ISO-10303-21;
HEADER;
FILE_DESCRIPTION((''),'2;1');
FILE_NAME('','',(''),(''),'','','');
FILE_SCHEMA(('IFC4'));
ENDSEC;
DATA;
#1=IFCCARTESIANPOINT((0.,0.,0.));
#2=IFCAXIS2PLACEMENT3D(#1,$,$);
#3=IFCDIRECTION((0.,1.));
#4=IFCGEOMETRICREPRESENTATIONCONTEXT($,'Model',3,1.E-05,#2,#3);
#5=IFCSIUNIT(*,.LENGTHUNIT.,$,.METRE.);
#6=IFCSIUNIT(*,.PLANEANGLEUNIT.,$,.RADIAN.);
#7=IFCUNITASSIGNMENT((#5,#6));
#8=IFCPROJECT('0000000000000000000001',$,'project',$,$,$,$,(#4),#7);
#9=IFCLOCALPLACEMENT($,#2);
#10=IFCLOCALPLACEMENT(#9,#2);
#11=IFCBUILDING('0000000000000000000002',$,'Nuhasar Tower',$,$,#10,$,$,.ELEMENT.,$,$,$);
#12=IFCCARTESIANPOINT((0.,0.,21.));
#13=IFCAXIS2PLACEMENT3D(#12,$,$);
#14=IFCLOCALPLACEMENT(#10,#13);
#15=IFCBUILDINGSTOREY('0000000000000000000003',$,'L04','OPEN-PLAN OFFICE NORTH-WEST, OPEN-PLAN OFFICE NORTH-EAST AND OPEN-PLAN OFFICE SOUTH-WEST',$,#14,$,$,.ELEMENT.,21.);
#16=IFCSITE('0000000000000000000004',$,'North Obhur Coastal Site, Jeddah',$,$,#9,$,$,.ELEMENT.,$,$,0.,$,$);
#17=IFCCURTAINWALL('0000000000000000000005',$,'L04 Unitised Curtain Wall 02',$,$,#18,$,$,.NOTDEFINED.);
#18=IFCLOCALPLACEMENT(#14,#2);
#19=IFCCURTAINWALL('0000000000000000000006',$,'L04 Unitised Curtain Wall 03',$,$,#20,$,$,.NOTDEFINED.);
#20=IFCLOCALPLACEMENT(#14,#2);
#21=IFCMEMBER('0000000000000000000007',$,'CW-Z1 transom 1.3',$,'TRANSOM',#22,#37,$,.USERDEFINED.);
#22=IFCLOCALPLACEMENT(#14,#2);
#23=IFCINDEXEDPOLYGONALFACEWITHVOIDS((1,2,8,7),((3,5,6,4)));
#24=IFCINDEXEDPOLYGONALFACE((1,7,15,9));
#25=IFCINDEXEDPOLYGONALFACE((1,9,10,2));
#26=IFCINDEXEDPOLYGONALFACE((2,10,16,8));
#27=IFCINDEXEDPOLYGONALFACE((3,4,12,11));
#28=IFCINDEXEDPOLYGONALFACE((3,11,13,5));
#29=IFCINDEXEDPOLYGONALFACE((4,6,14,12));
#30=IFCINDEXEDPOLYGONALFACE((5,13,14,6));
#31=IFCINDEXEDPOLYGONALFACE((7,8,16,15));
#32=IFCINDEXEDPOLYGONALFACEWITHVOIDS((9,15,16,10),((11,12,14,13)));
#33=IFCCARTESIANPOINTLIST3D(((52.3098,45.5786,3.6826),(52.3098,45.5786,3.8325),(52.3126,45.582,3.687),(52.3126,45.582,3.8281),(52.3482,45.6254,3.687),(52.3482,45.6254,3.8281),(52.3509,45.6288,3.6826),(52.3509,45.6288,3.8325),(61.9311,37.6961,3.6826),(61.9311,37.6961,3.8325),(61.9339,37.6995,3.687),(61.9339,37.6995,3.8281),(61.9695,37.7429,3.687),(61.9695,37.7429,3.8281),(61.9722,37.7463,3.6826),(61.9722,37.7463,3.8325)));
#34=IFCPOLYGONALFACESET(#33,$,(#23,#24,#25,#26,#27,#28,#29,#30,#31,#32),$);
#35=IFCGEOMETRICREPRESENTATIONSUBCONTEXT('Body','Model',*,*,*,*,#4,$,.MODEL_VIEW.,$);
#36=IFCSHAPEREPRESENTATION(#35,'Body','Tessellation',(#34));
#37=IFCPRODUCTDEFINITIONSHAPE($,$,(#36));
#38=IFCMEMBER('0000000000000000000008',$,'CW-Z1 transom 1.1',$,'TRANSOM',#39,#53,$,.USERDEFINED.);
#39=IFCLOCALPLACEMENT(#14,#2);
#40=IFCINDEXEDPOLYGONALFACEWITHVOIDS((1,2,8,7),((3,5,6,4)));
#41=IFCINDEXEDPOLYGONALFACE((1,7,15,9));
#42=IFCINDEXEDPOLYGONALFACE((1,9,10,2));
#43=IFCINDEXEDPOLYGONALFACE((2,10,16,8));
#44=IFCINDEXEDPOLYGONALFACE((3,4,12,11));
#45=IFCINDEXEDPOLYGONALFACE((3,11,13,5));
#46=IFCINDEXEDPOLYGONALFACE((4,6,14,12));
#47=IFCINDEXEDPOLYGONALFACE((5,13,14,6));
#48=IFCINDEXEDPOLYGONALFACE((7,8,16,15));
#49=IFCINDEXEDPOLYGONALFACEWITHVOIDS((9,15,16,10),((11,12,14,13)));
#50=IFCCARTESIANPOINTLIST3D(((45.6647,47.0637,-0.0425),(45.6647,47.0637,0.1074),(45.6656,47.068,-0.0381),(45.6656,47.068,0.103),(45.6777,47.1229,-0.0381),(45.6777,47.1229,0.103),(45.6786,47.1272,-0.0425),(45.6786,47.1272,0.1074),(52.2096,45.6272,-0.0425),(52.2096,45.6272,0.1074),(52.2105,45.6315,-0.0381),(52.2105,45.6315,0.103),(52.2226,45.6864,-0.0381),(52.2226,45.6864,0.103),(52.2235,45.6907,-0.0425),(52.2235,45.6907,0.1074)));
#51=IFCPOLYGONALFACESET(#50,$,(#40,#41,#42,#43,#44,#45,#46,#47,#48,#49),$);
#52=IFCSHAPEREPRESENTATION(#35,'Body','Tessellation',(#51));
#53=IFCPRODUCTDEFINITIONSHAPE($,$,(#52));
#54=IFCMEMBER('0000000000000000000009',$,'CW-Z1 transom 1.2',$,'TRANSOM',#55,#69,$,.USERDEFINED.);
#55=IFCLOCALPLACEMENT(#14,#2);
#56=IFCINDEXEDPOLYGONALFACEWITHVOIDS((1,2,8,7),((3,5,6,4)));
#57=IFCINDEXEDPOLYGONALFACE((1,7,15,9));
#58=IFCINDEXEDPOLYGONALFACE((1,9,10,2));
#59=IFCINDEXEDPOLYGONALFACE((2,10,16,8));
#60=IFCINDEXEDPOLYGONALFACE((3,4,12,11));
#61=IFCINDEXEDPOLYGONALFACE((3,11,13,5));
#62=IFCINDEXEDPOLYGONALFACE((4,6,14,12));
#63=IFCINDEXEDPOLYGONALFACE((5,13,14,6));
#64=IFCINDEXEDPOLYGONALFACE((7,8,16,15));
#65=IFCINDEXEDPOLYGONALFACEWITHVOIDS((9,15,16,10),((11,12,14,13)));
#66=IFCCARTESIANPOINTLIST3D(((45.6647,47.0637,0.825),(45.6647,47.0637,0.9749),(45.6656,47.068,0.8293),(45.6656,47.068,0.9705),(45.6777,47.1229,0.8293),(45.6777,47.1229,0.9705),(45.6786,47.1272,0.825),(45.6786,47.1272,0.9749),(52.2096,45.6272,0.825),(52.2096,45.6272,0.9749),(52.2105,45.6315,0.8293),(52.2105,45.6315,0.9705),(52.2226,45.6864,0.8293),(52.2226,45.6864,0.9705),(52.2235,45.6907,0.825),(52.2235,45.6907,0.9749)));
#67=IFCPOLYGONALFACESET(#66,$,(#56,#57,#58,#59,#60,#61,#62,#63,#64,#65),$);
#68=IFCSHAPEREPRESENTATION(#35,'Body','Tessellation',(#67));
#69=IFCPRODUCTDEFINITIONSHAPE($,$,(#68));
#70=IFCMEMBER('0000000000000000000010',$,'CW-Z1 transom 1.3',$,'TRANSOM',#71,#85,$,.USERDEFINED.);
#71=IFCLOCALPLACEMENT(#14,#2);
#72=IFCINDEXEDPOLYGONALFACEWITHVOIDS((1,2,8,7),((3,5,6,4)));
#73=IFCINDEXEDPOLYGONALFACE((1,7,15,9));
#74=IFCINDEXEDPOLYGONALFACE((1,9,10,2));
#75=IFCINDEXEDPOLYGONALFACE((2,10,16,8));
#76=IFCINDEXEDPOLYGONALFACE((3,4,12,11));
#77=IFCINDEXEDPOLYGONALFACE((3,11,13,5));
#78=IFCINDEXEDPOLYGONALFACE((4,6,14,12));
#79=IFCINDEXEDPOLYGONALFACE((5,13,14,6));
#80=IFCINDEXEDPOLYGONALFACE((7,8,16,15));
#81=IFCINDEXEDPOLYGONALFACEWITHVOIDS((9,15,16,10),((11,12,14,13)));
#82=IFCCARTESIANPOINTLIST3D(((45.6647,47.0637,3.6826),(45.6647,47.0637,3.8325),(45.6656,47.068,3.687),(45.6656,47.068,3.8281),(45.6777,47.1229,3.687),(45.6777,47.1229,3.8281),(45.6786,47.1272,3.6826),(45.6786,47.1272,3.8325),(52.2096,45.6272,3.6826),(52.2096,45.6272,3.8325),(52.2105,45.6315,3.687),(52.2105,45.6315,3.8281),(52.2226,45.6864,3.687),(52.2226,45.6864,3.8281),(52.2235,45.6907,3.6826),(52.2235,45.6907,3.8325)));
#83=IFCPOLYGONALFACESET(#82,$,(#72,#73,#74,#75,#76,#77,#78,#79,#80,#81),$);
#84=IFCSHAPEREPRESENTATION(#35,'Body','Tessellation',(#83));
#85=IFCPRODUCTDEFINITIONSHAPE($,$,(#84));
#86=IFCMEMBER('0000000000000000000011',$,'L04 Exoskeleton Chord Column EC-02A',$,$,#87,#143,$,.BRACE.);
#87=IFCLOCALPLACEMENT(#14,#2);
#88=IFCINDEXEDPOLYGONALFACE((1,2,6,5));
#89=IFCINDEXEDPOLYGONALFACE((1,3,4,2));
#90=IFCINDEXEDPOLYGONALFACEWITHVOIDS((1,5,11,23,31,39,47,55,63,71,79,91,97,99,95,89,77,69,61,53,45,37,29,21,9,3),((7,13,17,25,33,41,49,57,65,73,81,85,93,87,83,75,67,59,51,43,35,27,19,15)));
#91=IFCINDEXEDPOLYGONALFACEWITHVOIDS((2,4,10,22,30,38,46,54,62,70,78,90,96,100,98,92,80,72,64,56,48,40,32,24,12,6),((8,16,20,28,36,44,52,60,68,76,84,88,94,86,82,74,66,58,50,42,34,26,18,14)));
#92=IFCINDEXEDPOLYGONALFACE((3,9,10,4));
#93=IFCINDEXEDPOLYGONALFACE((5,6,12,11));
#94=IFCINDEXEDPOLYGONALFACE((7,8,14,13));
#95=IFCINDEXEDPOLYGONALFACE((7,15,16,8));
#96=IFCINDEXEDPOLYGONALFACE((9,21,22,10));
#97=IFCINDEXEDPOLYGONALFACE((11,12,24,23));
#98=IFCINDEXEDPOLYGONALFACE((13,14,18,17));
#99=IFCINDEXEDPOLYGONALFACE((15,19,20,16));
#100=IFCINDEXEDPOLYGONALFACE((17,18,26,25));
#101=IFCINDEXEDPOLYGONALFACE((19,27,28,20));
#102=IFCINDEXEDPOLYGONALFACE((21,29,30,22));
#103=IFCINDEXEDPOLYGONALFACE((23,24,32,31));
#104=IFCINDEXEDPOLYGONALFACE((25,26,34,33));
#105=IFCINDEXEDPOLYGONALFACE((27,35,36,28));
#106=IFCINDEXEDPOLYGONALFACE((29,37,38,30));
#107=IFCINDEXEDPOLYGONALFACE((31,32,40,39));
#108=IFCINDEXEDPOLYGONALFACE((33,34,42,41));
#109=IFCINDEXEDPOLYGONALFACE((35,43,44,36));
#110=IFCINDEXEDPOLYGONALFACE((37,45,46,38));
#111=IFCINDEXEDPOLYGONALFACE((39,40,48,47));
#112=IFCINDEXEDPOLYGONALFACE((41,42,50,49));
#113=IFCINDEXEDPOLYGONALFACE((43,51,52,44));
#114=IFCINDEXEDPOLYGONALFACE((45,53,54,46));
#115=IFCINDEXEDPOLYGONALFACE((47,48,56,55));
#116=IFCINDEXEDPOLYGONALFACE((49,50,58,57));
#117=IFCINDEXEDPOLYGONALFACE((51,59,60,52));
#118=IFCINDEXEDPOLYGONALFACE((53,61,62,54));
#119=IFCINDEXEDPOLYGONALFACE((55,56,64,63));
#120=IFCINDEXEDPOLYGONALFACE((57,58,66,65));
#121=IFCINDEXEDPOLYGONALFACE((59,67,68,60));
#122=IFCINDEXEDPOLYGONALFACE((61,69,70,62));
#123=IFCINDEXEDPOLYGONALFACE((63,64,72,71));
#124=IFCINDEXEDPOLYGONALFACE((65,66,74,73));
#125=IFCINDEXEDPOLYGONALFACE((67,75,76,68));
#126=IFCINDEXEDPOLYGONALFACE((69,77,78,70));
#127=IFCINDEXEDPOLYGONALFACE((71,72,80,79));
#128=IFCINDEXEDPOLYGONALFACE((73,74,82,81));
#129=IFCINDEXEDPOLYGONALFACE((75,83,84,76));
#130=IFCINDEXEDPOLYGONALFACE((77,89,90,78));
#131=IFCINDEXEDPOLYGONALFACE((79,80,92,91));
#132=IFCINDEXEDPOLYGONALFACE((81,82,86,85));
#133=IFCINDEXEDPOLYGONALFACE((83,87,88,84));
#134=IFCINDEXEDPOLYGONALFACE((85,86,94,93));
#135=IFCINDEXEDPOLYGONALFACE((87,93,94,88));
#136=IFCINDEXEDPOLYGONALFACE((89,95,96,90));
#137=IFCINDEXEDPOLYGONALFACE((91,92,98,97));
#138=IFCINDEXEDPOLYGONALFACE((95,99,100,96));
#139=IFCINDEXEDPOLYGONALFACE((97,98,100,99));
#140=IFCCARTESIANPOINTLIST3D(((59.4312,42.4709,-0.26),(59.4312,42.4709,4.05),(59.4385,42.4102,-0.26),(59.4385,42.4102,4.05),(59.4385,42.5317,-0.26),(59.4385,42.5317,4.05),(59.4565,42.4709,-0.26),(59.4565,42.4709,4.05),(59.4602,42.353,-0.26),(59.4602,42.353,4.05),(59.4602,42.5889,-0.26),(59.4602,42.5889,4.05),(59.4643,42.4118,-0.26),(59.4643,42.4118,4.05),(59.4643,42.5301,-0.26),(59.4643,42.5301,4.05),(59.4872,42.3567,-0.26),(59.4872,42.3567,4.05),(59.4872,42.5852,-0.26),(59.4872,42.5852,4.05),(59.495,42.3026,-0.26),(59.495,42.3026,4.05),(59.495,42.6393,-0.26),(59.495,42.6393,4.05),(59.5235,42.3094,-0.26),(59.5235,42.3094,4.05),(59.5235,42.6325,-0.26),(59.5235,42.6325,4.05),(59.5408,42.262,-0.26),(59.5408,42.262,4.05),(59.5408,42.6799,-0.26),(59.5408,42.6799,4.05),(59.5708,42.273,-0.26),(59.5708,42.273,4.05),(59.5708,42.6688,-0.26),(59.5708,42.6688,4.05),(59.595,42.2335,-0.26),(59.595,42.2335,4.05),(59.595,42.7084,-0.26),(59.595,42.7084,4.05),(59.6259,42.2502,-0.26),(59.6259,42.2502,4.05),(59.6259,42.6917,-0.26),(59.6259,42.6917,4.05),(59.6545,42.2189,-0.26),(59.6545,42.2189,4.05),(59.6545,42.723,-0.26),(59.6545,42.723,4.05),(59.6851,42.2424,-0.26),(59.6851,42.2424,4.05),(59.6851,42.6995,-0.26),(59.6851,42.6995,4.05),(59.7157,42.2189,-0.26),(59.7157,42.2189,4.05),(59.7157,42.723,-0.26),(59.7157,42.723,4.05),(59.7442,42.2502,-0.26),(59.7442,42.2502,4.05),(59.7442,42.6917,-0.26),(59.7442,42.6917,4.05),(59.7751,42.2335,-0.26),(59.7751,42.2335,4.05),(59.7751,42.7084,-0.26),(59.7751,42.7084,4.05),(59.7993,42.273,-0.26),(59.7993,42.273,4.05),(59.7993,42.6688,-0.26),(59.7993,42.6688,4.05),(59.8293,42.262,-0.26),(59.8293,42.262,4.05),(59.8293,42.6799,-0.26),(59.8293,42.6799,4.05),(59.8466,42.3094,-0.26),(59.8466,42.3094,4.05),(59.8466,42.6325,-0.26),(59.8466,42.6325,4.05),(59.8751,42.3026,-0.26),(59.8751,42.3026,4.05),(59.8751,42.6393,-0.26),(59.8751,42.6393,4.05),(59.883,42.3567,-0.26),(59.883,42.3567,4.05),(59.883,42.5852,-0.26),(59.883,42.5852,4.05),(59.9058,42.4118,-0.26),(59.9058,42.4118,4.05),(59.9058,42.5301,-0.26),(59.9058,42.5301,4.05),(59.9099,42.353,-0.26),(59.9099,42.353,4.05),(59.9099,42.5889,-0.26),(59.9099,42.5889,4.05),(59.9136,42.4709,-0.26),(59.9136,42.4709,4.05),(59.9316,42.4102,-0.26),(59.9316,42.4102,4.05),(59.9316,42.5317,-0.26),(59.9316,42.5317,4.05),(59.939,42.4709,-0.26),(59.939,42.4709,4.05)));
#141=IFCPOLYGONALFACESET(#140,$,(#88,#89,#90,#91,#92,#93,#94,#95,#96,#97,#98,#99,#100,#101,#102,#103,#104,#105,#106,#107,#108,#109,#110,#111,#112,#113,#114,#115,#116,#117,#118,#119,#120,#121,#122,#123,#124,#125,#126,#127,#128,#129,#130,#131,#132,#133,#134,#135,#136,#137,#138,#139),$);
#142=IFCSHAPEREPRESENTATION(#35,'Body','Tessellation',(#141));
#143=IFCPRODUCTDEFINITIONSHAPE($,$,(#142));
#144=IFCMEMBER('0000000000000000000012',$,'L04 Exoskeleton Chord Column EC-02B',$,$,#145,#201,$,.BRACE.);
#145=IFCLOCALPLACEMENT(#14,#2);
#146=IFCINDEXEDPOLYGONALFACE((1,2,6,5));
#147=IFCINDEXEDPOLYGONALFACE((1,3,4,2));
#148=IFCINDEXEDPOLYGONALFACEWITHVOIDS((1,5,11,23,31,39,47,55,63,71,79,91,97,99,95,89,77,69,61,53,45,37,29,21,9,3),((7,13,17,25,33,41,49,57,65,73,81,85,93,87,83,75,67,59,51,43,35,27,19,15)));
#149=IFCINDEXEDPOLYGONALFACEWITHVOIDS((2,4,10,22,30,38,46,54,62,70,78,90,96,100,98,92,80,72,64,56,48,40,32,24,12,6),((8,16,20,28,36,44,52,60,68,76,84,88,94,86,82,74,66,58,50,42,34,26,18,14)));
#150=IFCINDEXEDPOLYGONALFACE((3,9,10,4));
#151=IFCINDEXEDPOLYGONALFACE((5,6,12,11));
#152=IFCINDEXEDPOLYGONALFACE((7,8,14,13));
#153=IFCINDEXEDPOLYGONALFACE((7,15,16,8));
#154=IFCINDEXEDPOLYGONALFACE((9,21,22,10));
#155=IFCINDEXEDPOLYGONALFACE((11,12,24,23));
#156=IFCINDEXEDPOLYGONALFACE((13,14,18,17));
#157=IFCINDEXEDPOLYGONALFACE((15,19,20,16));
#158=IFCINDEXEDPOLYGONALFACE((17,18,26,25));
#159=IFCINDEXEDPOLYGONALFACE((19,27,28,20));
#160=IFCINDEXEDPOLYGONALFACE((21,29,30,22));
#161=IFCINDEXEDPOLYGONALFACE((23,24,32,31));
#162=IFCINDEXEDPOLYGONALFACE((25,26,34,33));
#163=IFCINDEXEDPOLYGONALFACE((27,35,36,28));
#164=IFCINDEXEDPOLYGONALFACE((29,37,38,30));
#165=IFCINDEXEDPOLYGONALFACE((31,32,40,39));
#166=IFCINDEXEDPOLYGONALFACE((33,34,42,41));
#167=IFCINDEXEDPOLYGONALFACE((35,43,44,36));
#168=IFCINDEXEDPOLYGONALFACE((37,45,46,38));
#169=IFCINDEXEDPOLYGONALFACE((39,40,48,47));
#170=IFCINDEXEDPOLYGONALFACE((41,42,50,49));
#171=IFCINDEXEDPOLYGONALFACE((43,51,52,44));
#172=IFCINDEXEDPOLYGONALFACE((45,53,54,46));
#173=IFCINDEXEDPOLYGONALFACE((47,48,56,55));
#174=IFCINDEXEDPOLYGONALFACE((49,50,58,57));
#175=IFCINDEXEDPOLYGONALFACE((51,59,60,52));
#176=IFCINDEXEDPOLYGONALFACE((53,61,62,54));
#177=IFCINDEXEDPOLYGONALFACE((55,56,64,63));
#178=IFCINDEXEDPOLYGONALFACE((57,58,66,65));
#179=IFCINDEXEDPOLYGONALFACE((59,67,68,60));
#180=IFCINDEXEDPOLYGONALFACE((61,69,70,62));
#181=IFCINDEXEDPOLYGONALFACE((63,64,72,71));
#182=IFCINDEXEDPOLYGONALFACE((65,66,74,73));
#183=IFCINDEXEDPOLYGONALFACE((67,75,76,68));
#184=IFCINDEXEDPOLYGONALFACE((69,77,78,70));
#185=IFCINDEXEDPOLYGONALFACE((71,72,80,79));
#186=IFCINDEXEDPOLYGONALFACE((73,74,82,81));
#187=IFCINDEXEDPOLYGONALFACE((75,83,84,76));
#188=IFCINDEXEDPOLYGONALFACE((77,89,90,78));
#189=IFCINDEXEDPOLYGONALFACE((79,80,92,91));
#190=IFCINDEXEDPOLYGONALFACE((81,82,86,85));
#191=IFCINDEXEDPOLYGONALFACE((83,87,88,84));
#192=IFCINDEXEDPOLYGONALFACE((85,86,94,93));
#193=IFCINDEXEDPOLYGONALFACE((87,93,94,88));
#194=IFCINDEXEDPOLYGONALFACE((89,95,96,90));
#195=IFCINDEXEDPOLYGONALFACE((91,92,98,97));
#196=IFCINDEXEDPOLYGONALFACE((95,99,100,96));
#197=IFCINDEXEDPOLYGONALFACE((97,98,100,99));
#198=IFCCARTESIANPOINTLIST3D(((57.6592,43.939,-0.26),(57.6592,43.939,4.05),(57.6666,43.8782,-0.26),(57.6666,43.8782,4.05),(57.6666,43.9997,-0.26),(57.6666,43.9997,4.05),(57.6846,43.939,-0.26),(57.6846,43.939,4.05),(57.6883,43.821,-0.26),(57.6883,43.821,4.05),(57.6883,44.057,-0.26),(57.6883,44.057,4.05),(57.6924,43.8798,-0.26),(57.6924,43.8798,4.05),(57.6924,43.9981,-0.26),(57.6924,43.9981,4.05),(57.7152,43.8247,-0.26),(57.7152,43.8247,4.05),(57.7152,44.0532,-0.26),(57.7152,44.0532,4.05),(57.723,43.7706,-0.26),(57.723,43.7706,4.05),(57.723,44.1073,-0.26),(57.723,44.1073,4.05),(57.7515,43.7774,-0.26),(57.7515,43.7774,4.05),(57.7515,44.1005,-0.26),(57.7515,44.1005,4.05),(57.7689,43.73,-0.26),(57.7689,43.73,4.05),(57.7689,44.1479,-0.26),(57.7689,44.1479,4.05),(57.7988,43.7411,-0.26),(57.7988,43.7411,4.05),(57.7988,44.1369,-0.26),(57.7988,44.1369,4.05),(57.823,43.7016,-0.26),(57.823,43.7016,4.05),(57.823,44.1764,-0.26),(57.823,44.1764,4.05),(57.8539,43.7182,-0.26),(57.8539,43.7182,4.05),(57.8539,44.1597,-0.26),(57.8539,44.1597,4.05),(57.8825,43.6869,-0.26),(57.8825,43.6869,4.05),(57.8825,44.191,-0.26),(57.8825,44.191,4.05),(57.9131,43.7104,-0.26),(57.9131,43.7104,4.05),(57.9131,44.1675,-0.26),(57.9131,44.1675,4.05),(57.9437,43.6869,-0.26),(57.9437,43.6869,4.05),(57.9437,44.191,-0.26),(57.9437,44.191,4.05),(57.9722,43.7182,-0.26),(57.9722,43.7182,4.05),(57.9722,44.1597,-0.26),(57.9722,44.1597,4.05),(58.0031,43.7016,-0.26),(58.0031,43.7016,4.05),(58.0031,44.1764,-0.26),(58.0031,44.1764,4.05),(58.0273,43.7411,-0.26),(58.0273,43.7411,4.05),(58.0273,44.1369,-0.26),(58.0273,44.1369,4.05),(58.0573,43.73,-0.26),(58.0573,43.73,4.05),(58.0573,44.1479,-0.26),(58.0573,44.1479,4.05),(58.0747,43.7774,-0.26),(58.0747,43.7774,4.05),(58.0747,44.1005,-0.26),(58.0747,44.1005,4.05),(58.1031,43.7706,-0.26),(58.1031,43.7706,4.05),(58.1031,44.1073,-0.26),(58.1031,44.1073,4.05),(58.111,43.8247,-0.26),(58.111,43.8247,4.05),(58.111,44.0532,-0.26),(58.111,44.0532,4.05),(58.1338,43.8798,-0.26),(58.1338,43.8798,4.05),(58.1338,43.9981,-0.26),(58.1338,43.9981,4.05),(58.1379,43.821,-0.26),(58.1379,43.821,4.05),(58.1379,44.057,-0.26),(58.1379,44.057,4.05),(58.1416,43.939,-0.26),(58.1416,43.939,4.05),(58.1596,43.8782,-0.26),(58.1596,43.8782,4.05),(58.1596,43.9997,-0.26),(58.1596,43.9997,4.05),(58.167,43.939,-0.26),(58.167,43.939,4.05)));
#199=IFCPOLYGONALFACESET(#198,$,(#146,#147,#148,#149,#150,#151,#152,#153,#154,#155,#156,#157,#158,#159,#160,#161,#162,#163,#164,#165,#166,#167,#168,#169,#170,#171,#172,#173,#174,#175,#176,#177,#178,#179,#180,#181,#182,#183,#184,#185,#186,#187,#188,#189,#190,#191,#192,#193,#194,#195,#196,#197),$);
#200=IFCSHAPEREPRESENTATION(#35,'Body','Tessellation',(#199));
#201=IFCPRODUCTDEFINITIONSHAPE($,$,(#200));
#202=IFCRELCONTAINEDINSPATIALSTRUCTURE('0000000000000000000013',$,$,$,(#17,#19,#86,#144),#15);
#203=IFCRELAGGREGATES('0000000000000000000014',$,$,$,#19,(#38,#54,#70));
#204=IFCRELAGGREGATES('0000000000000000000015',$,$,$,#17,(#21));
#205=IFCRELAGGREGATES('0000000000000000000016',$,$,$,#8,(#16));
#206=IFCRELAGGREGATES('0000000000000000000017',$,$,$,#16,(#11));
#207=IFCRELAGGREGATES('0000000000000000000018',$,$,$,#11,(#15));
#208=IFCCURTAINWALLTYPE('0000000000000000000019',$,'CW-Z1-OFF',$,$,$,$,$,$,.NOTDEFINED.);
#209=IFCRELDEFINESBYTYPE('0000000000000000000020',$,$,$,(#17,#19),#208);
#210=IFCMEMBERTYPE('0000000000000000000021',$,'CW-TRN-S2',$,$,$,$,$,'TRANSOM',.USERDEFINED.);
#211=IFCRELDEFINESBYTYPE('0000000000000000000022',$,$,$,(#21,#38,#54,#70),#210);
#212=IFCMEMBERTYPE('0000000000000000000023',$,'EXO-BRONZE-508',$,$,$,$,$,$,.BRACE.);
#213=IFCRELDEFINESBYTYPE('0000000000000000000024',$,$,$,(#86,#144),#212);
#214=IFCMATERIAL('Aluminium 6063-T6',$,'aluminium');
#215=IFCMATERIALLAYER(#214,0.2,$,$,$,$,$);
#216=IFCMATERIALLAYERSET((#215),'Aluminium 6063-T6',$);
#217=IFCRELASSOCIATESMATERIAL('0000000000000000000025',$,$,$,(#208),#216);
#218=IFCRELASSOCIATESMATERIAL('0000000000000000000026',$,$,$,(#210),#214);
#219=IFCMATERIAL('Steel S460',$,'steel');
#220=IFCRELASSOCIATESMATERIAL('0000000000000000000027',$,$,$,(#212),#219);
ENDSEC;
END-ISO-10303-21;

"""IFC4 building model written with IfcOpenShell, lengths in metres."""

from ifc_helpers import new_model, si_unit, direction, frame, origin, origin_2d, place, context, subcontext, project, spatial, hollow_rectangle, hollow_circle, extrude, material, layer, layer_set, material_profile, profile_set, type_object, element, aggregate, save


model = new_model("IFC4")

# Units and contexts
model_context = context("Model", 3, precision=1e-05, world=origin(), true_north=direction((0.0, 1.0)))
body_context = subcontext(model_context, "Body", "Model", "MODEL_VIEW")
ifc_project = project(units=[si_unit("LENGTHUNIT", "METRE"), si_unit("PLANEANGLEUNIT", "RADIAN")], contexts=[model_context])

# Site, building, storey
site_placement = place(None, origin())
site = spatial("IfcSite", under=ifc_project, at=site_placement, Name="North Obhur Coastal Site, Jeddah", CompositionType="ELEMENT", RefElevation=0.0)
building_placement = place(site_placement, origin())
building = spatial("IfcBuilding", under=site, at=building_placement, Name="Nuhasar Tower", CompositionType="ELEMENT")
storey_placement = place(building_placement, frame((0.0, 0.0, 21.0)))
storey = spatial("IfcBuildingStorey", under=building, at=storey_placement, Name="L04", Description="OPEN-PLAN OFFICE NORTH-WEST, OPEN-PLAN OFFICE NORTH-EAST AND OPEN-PLAN OFFICE SOUTH-WEST", CompositionType="ELEMENT", Elevation=21.0)

# Shared definitions
ifc_material_1 = material(Name="Steel S460", Category="steel")

# Shared definitions
ifc_material_2 = material(Name="Aluminium 6063-T6", Category="aluminium")
ifc_layer_1 = layer(ifc_material_2, 0.2)
ifc_layer_set_1 = layer_set([ifc_layer_1], Name="Aluminium 6063-T6")
curtain_wall_type = type_object("IfcCurtainWallType", Name="CW-Z1-OFF", PredefinedType="NOTDEFINED", material=ifc_layer_set_1)

# Curtain wall
curtain_wall_1_placement = place(storey_placement, origin())
curtain_wall_1 = element("IfcCurtainWall", 1, at=curtain_wall_1_placement, inside=storey, type_object=curtain_wall_type, Name="L04 Unitised Curtain Wall 02", PredefinedType="NOTDEFINED")

# Curtain wall
curtain_wall_2_placement = place(storey_placement, origin())
curtain_wall_2 = element("IfcCurtainWall", 2, at=curtain_wall_2_placement, inside=storey, type_object=curtain_wall_type, Name="L04 Unitised Curtain Wall 03", PredefinedType="NOTDEFINED")

# Members
ifc_material_profile_1 = material_profile(ifc_material_2, hollow_rectangle(XDim=0.0649, YDim=0.1499, WallThickness=0.0044, at=origin_2d()), Name="CWT-2")
ifc_profile_set_1 = profile_set([ifc_material_profile_1], Name="Aluminium 6063-T6")
member_type_1 = type_object("IfcMemberType", Name="CW-TRN-S2", ElementType="TRANSOM", PredefinedType="USERDEFINED", material=ifc_profile_set_1)
member_1_placement = place(storey_placement, frame((61.9517, 37.7212, 3.7576), z_axis=(-0.773541, 0.633746, 0.0), x_axis=(-0.633746, -0.773541, 0.0)))
member_1 = element("IfcMember", 3, at=member_1_placement, type_object=member_type_1, Name="CW-Z1 transom 1.3", ObjectType="TRANSOM", PredefinedType="USERDEFINED", context=body_context, shape_type="SweptSolid", body=[
    extrude(hollow_rectangle(XDim=0.0649, YDim=0.1499, WallThickness=0.0044, at=origin_2d()), origin(), (0.0, 0.0, 1.0), 12.438),
])
member_2_placement = place(storey_placement, frame((52.2166, 45.6589, 0.0325), z_axis=(-0.97675, 0.214384, 0.0), x_axis=(-0.214384, -0.97675, 0.0)))
member_2 = element("IfcMember", 4, at=member_2_placement, type_object=member_type_1, Name="CW-Z1 transom 1.1", ObjectType="TRANSOM", PredefinedType="USERDEFINED", context=body_context, shape_type="SweptSolid", body=[
    extrude(hollow_rectangle(XDim=0.0649, YDim=0.1499, WallThickness=0.0044, at=origin_2d()), origin(), (0.0, 0.0, 1.0), 6.7007),
])
member_3_placement = place(storey_placement, frame((52.2166, 45.6589, 0.8999), z_axis=(-0.97675, 0.214384, 0.0), x_axis=(-0.214384, -0.97675, 0.0)))
member_3 = element("IfcMember", 5, at=member_3_placement, type_object=member_type_1, Name="CW-Z1 transom 1.2", ObjectType="TRANSOM", PredefinedType="USERDEFINED", context=body_context, shape_type="SweptSolid", body=[
    extrude(hollow_rectangle(XDim=0.0649, YDim=0.1499, WallThickness=0.0044, at=origin_2d()), origin(), (0.0, 0.0, 1.0), 6.7007),
])
member_4_placement = place(storey_placement, frame((52.2166, 45.6589, 3.7576), z_axis=(-0.97675, 0.214384, 0.0), x_axis=(-0.214384, -0.97675, 0.0)))
member_4 = element("IfcMember", 6, at=member_4_placement, type_object=member_type_1, Name="CW-Z1 transom 1.3", ObjectType="TRANSOM", PredefinedType="USERDEFINED", context=body_context, shape_type="SweptSolid", body=[
    extrude(hollow_rectangle(XDim=0.0649, YDim=0.1499, WallThickness=0.0044, at=origin_2d()), origin(), (0.0, 0.0, 1.0), 6.7007),
])
aggregate(curtain_wall_2, [member_2, member_3, member_4])

# Members
ifc_material_profile_2 = material_profile(ifc_material_1, hollow_circle(Radius=0.2539, WallThickness=0.0254, at=origin_2d()), Name="HSS508X25.4")
ifc_profile_set_2 = profile_set([ifc_material_profile_2], Name="Steel S460")
member_type_2 = type_object("IfcMemberType", Name="EXO-BRONZE-508", PredefinedType="BRACE", material=ifc_profile_set_2)
for number, where, z_axis, x_axis, name in (
    (7, (59.6851, 42.4709, -0.26), (0.0, 0.0, 1.0), (1.0, 0.0, 0.0), "L04 Exoskeleton Chord Column EC-02A"),
    (8, (57.9131, 43.939, -0.26), (0.0, 0.0, 1.0), (1.0, 0.0, 0.0), "L04 Exoskeleton Chord Column EC-02B"),
):
    element("IfcMember", number, at=place(storey_placement, frame(where, z_axis=z_axis, x_axis=x_axis)), inside=storey, type_object=member_type_2, Name=name, PredefinedType="BRACE", context=body_context, shape_type="SweptSolid", body=[
        extrude(hollow_circle(Radius=0.2539, WallThickness=0.0254, at=origin_2d()), origin(), (0.0, 0.0, 1.0), 4.3101),
    ])

aggregate(curtain_wall_1, [member_1])

save(model, "model.ifc")
